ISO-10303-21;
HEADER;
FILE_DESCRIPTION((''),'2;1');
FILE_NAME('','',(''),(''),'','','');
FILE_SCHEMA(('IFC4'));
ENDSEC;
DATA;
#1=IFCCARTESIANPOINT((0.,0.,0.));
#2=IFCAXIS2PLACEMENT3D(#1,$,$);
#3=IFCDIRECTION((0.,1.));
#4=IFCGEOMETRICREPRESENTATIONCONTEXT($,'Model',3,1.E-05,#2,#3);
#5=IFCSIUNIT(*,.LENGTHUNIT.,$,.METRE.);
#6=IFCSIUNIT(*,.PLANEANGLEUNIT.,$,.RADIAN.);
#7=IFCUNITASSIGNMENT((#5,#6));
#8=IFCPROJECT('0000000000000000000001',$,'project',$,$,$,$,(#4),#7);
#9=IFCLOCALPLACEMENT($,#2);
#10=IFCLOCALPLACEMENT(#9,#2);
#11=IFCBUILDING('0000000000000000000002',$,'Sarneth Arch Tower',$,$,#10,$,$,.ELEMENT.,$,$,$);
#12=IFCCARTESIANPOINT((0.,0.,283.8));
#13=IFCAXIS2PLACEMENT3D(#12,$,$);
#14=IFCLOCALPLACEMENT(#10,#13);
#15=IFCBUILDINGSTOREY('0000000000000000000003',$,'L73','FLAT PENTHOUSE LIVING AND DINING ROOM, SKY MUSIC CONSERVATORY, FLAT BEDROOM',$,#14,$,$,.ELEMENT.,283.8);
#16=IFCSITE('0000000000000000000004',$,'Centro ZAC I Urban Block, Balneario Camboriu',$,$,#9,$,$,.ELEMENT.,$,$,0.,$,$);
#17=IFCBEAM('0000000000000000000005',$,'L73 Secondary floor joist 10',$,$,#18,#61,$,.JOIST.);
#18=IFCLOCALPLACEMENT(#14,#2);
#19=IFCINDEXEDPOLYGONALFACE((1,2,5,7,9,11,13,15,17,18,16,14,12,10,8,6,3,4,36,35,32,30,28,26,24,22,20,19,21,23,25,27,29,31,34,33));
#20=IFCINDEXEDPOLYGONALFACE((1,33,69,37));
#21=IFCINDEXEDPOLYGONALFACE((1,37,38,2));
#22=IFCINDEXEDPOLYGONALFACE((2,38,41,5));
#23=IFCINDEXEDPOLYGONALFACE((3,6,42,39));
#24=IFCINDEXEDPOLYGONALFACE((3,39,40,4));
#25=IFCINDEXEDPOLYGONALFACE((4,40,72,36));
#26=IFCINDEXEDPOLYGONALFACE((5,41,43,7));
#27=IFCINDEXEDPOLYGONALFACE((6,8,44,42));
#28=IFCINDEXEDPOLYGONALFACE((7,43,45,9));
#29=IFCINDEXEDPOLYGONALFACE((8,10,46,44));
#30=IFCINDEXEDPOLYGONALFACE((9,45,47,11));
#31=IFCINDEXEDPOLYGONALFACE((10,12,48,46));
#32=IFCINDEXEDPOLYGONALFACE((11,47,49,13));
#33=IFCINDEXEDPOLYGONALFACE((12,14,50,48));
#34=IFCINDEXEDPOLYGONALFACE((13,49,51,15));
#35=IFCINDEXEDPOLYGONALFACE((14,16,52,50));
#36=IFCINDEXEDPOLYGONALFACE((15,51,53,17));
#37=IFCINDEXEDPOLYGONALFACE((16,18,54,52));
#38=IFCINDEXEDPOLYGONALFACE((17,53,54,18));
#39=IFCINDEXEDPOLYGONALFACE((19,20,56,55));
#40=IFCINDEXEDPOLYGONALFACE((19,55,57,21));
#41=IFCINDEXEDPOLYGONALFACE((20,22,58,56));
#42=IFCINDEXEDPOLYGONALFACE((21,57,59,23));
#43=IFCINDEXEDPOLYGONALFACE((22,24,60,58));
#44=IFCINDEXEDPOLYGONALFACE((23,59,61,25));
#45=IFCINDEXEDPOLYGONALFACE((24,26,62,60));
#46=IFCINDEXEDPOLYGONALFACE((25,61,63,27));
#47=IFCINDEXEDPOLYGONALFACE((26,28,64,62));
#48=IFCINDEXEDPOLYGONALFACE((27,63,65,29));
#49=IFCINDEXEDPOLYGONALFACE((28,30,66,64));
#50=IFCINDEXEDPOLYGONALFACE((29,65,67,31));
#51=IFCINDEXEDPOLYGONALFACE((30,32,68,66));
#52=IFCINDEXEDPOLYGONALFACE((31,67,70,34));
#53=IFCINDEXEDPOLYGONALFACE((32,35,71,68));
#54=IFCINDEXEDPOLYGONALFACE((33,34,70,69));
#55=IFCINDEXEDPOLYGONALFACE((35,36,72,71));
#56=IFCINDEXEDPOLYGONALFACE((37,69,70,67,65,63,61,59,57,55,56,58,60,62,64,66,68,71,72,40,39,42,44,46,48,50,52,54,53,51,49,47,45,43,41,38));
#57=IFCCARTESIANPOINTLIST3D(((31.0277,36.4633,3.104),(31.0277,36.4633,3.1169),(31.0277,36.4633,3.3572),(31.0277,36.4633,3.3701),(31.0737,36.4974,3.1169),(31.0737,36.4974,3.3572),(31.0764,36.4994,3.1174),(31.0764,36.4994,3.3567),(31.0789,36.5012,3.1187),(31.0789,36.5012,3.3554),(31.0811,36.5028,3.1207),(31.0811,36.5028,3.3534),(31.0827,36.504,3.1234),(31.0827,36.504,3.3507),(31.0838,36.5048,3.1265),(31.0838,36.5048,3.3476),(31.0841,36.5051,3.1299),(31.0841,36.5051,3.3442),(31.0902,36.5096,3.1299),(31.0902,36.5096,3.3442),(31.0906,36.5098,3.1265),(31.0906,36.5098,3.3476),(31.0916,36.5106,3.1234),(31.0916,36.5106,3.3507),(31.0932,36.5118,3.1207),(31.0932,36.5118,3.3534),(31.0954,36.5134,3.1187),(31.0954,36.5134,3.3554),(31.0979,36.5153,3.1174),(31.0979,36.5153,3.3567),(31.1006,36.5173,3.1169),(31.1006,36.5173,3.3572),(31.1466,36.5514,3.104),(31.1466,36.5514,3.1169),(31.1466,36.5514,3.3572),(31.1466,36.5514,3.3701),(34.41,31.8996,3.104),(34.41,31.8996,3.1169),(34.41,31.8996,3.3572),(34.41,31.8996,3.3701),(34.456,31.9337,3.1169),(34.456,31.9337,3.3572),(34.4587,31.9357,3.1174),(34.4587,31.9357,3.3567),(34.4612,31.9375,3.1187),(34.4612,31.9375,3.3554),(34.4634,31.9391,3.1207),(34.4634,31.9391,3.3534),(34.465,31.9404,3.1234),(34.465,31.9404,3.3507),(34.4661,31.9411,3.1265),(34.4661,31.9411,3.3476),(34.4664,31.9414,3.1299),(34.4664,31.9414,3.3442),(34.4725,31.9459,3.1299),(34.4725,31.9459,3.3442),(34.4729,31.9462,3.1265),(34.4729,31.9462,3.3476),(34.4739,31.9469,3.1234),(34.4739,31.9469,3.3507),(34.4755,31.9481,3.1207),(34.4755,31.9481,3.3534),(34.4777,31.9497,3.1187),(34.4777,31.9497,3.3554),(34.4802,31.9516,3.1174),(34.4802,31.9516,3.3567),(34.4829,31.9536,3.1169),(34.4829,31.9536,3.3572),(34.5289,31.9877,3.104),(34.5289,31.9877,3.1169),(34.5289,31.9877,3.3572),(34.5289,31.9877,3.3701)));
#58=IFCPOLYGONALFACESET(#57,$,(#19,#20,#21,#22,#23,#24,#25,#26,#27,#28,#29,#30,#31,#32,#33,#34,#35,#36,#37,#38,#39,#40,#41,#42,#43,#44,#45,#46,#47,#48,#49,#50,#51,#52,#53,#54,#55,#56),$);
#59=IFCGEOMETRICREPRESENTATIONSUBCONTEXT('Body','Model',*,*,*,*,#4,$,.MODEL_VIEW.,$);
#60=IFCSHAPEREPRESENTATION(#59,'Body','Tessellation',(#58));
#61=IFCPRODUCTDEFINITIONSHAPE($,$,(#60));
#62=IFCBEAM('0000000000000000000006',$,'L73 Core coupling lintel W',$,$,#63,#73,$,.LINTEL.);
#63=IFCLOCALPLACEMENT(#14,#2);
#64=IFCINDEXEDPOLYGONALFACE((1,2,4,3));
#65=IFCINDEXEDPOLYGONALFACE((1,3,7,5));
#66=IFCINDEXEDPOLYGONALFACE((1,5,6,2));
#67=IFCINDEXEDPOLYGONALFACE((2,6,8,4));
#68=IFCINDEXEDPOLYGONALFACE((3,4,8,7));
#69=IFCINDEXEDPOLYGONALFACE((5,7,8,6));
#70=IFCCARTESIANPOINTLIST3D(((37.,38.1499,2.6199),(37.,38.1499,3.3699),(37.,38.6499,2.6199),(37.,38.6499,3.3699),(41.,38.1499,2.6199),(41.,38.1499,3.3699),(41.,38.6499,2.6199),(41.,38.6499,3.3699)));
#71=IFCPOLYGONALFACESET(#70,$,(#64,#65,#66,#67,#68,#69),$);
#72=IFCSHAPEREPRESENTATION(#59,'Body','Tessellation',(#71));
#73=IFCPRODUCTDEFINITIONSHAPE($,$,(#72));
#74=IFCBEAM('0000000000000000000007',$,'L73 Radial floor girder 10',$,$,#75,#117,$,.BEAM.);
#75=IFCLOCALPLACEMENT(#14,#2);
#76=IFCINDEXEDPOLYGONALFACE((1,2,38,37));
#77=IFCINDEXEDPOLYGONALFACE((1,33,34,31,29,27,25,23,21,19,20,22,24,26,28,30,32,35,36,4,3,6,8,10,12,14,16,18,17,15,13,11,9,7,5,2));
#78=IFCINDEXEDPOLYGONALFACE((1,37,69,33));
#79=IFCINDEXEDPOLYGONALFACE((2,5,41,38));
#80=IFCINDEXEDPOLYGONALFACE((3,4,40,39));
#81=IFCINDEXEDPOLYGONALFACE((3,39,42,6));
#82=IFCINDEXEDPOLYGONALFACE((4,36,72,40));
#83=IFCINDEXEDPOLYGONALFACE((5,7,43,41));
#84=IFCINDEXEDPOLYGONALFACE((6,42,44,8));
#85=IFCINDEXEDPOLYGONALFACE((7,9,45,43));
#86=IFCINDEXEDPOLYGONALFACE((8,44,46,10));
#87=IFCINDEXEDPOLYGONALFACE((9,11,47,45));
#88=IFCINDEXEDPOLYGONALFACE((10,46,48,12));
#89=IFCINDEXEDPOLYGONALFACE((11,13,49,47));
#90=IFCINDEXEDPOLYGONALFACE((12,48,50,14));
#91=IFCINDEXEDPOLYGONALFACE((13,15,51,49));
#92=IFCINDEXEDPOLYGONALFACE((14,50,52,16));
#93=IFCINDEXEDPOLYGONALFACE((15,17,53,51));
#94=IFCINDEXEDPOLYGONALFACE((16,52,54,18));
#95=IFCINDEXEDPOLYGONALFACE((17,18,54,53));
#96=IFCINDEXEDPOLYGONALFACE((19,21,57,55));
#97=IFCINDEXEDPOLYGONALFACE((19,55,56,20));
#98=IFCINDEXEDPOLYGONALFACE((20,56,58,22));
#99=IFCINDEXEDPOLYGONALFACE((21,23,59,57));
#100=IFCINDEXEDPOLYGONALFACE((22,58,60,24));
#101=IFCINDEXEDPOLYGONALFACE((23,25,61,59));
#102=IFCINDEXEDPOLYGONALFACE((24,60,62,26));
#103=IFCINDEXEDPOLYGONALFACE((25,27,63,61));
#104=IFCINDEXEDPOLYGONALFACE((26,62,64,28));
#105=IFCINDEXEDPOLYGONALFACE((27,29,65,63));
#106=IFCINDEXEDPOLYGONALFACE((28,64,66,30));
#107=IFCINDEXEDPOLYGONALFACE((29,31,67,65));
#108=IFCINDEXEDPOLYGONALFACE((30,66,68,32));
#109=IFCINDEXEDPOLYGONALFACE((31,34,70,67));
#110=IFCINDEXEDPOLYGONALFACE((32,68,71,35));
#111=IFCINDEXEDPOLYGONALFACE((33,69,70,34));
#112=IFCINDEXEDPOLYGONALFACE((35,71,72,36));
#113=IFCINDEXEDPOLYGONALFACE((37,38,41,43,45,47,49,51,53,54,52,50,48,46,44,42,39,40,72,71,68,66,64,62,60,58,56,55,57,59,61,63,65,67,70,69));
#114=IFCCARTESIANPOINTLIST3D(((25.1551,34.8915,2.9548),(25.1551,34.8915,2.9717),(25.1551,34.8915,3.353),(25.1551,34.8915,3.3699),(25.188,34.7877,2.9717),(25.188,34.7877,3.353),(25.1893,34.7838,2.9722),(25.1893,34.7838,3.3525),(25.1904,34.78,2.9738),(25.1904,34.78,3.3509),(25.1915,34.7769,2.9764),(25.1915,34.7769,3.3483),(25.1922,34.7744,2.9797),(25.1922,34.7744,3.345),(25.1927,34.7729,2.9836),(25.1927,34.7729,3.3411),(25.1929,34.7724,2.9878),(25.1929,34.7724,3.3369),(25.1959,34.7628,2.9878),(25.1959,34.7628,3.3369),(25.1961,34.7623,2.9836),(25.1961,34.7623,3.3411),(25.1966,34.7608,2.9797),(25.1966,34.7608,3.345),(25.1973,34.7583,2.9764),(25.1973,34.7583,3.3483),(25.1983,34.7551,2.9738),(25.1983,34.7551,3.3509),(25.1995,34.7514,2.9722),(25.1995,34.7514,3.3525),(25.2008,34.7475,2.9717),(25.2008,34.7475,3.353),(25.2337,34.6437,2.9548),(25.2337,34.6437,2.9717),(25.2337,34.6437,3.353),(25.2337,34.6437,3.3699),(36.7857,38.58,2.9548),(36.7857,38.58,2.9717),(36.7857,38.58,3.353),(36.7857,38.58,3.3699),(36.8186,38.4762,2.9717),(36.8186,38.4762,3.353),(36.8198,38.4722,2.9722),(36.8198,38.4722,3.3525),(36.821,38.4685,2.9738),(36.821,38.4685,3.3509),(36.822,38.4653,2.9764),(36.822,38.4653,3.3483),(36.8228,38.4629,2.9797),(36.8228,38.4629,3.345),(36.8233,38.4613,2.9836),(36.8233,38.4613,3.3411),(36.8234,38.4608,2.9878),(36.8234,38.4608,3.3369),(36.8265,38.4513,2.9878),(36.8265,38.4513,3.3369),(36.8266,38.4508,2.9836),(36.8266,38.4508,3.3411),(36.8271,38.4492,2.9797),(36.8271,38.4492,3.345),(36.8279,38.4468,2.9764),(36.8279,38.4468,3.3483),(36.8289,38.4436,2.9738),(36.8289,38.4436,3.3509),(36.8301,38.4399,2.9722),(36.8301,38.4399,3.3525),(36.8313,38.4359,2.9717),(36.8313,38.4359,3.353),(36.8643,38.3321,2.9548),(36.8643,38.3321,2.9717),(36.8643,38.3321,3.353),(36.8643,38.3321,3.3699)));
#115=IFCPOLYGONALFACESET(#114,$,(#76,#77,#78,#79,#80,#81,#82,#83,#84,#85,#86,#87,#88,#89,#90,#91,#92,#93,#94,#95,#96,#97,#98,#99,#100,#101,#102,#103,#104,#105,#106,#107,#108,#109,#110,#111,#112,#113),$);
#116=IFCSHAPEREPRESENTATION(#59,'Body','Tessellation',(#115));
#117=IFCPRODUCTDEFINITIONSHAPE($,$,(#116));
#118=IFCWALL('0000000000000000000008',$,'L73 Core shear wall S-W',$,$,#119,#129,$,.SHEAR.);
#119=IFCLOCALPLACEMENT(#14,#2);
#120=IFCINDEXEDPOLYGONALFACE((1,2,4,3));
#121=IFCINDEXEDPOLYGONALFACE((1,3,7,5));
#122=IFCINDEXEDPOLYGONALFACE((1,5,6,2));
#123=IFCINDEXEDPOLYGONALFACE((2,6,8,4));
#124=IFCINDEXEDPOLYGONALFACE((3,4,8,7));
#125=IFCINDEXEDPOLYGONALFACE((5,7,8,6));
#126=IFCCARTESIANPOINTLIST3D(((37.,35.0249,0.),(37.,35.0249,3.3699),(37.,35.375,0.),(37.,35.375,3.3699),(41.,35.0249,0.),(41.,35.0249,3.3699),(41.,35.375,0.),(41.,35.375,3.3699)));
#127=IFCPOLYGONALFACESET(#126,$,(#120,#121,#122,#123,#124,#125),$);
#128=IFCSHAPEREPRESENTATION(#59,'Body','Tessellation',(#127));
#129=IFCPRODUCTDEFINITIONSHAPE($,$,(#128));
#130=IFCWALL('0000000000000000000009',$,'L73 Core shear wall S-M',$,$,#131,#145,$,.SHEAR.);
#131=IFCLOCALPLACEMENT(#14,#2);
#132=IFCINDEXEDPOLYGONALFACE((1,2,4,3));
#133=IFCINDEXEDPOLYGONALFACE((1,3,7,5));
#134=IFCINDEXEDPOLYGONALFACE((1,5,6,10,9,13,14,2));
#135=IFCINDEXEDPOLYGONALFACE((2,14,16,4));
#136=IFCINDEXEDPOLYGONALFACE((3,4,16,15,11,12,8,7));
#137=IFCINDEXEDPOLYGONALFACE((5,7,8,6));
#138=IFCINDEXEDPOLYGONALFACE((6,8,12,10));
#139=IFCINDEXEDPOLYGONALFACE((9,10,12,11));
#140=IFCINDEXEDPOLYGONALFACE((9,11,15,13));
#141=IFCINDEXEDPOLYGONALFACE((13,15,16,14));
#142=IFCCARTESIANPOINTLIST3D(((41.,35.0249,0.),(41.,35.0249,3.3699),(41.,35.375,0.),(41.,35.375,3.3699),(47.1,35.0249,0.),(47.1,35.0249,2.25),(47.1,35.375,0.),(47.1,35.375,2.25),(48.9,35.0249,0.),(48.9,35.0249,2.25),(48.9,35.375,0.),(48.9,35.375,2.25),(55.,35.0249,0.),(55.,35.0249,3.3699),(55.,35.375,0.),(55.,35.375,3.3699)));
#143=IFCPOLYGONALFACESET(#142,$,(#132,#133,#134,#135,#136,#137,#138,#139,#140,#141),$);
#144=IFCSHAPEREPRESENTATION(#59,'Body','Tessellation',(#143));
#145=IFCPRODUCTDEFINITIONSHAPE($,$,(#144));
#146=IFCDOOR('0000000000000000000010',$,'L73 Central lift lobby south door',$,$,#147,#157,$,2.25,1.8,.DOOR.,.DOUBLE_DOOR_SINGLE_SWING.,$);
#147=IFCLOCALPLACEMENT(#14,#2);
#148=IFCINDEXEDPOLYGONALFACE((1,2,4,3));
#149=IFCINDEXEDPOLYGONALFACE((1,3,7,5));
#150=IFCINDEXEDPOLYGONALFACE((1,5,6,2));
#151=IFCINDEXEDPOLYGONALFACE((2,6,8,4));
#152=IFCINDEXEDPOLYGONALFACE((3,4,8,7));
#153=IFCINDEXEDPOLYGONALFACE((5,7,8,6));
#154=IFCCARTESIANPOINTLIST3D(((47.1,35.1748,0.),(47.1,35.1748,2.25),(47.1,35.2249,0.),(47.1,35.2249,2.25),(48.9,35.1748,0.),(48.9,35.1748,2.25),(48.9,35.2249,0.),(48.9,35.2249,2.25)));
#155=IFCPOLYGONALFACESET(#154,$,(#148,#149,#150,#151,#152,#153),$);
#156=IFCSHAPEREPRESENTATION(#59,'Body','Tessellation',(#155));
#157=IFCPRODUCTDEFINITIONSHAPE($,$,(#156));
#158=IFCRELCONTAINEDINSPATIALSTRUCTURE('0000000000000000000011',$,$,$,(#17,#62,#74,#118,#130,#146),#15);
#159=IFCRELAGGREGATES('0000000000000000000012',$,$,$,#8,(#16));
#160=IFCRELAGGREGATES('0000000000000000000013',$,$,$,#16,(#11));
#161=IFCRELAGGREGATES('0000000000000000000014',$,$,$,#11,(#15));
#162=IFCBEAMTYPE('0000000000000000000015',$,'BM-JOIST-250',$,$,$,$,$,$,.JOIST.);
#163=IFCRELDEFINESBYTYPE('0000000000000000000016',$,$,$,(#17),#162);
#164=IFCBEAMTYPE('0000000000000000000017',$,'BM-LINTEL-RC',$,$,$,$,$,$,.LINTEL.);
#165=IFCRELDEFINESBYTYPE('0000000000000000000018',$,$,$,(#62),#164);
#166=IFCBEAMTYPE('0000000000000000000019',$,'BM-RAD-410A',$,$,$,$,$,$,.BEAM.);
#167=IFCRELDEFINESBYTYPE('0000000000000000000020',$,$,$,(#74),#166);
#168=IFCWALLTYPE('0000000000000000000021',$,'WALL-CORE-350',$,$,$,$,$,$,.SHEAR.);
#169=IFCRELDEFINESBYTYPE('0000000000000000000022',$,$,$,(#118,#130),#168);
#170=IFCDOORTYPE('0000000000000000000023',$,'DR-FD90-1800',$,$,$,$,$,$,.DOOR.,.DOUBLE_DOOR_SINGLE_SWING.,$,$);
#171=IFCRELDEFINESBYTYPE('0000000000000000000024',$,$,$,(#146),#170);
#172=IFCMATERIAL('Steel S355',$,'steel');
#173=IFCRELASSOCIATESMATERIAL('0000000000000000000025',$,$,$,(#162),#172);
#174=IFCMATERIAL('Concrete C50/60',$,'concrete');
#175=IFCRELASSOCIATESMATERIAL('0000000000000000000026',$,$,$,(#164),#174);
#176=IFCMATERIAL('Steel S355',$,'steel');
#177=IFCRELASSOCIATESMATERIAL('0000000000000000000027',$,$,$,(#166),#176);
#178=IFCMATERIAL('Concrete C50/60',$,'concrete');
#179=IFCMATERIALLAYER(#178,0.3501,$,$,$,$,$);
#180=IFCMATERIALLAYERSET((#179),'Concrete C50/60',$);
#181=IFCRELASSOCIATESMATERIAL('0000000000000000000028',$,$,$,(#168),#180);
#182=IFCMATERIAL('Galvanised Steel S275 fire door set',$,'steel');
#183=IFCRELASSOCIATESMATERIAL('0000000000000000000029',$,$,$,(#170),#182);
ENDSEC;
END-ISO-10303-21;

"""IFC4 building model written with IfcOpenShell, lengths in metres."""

from ifc_helpers import new_model, si_unit, direction, frame, frame_2d, origin, origin_2d, place, context, subcontext, project, spatial, rectangle, i_section, extrude, material, layer, layer_set, material_profile, profile_set, type_object, element, fill, save


model = new_model("IFC4")

# Units and contexts
model_context = context("Model", 3, precision=1e-05, world=origin(), true_north=direction((0.0, 1.0)))
body_context = subcontext(model_context, "Body", "Model", "MODEL_VIEW")
ifc_project = project(units=[si_unit("LENGTHUNIT", "METRE"), si_unit("PLANEANGLEUNIT", "RADIAN")], contexts=[model_context])

# Site, building, storey
site_placement = place(None, origin())
site = spatial("IfcSite", under=ifc_project, at=site_placement, Name="Centro ZAC I Urban Block, Balneario Camboriu", CompositionType="ELEMENT", RefElevation=0.0)
building_placement = place(site_placement, origin())
building = spatial("IfcBuilding", under=site, at=building_placement, Name="Sarneth Arch Tower", CompositionType="ELEMENT")
storey_placement = place(building_placement, frame((0.0, 0.0, 283.8)))
storey = spatial("IfcBuildingStorey", under=building, at=storey_placement, Name="L73", Description="FLAT PENTHOUSE LIVING AND DINING ROOM, SKY MUSIC CONSERVATORY, FLAT BEDROOM", CompositionType="ELEMENT", Elevation=283.8)

# Beams
ifc_material_1 = material(Name="Steel S355", Category="steel")
ifc_material_profile_1 = material_profile(ifc_material_1, i_section(OverallWidth=0.1479, OverallDepth=0.2661, WebThickness=0.0076, FlangeThickness=0.0129, FilletRadius=0.0129, at=origin_2d()), Name="W250x44.8")
ifc_profile_set_1 = profile_set([ifc_material_profile_1], Name="Steel S355")
beam_type_1 = type_object("IfcBeamType", Name="BM-JOIST-250", PredefinedType="JOIST", material=ifc_profile_set_1)
beam_1_placement = place(storey_placement, frame((31.0872, 36.5073, 3.2371), z_axis=(0.595431, -0.803406, 0.0), x_axis=(0.803406, 0.595431, 0.0)))
element("IfcBeam", 1, at=beam_1_placement, inside=storey, type_object=beam_type_1, Name="L73 Secondary floor joist 10", PredefinedType="JOIST", context=body_context, shape_type="SweptSolid", body=[
    extrude(i_section(OverallWidth=0.1479, OverallDepth=0.2661, WebThickness=0.0076, FlangeThickness=0.0129, FilletRadius=0.0129, at=origin_2d()), origin(), (0.0, 0.0, 1.0), 5.6804),
])
ifc_material_2 = material(Name="Concrete C50/60", Category="concrete")
ifc_material_profile_2 = material_profile(ifc_material_2, rectangle(XDim=0.5, YDim=0.75, at=origin_2d()), Name="RC-500x750")
ifc_profile_set_2 = profile_set([ifc_material_profile_2], Name="Concrete C50/60")
beam_type_2 = type_object("IfcBeamType", Name="BM-LINTEL-RC", PredefinedType="LINTEL", material=ifc_profile_set_2)
beam_2_placement = place(storey_placement, frame((37.0, 38.3999, 2.9949), z_axis=(1.0, 0.0, 0.0), x_axis=(0.0, 1.0, 0.0)))
element("IfcBeam", 2, at=beam_2_placement, inside=storey, type_object=beam_type_2, Name="L73 Core coupling lintel W", PredefinedType="LINTEL", context=body_context, shape_type="SweptSolid", body=[
    extrude(rectangle(XDim=0.5, YDim=0.75, at=origin_2d()), origin(), (0.0, 0.0, 1.0), 4.0),
])
ifc_material_3 = material(Name="Steel S355", Category="steel")
ifc_material_profile_3 = material_profile(ifc_material_3, i_section(OverallWidth=0.26, OverallDepth=0.415, WebThickness=0.01, FlangeThickness=0.0168, FilletRadius=0.0161, at=origin_2d()), Name="W410x100")
ifc_profile_set_3 = profile_set([ifc_material_profile_3], Name="Steel S355")
beam_type_3 = type_object("IfcBeamType", Name="BM-RAD-410A", PredefinedType="BEAM", material=ifc_profile_set_3)
beam_3_placement = place(storey_placement, frame((36.825, 38.4561, 3.1624), z_axis=(-0.953214, -0.302298, 0.0), x_axis=(0.302298, -0.953214, 0.0)))
element("IfcBeam", 3, at=beam_3_placement, inside=storey, type_object=beam_type_3, Name="L73 Radial floor girder 10", PredefinedType="BEAM", context=body_context, shape_type="SweptSolid", body=[
    extrude(i_section(OverallWidth=0.26, OverallDepth=0.415, WebThickness=0.01, FlangeThickness=0.0168, FilletRadius=0.0161, at=origin_2d()), origin(), (0.0, 0.0, 1.0), 12.2014),
])

# Wall
ifc_material_4 = material(Name="Concrete C50/60", Category="concrete")
ifc_layer_1 = layer(ifc_material_4, 0.3501)
ifc_layer_set_1 = layer_set([ifc_layer_1], Name="Concrete C50/60")
wall_type_1 = type_object("IfcWallType", Name="WALL-CORE-350", PredefinedType="SHEAR", material=ifc_layer_set_1)
wall_1_placement = place(storey_placement, frame((37.0, 35.2, 0.0), z_axis=(0.0, 0.0, 1.0), x_axis=(1.0, 0.0, 0.0)))
element("IfcWall", 4, at=wall_1_placement, inside=storey, type_object=wall_type_1, Name="L73 Core shear wall S-W", PredefinedType="SHEAR", context=body_context, shape_type="SweptSolid", body=[
    extrude(rectangle(XDim=4.0, YDim=0.3501, at=frame_2d((2.0, 0.0))), origin(), (0.0, 0.0, 1.0), 3.3699),
])

# Wall, opening, door
wall_2_placement = place(storey_placement, frame((41.0, 35.2, 0.0), z_axis=(0.0, 0.0, 1.0), x_axis=(1.0, 0.0, 0.0)))
wall_2 = element("IfcWall", 5, at=wall_2_placement, inside=storey, type_object=wall_type_1, Name="L73 Core shear wall S-M", PredefinedType="SHEAR", context=body_context, shape_type="SweptSolid", body=[
    extrude(rectangle(XDim=14.0, YDim=0.3501, at=frame_2d((7.0, 0.0))), origin(), (0.0, 0.0, 1.0), 3.3699),
])
opening_1_placement = place(wall_2_placement, frame((6.1001, 0.0, 0.0)))
opening_1 = element("IfcOpeningElement", 6, at=opening_1_placement, cuts=wall_2, PredefinedType="OPENING", context=body_context, shape_type="SweptSolid", body=[
    extrude(rectangle(XDim=1.8, YDim=2.25, at=frame_2d((0.8999, 1.125))), frame((0.0, 0.1851, 0.0), z_axis=(0.0, -1.0, 0.0), x_axis=(1.0, 0.0, 0.0)), (0.0, 0.0, 1.0), 0.3701),
])
ifc_material_5 = material(Name="Galvanised Steel S275 fire door set", Category="steel")
door_type_1 = type_object("IfcDoorType", Name="DR-FD90-1800", OperationType="DOUBLE_DOOR_SINGLE_SWING", PredefinedType="DOOR", material=ifc_material_5)
door_1_placement = place(opening_1_placement, origin())
door_1 = element("IfcDoor", 7, at=door_1_placement, inside=storey, type_object=door_type_1, Name="L73 Central lift lobby south door", OperationType="DOUBLE_DOOR_SINGLE_SWING", OverallHeight=2.25, OverallWidth=1.8, PredefinedType="DOOR", context=body_context, shape_type="SweptSolid", body=[
    extrude(rectangle(XDim=1.8, YDim=2.25, at=frame_2d((0.8999, 1.125))), frame((0.0, 0.0249, 0.0), z_axis=(0.0, -1.0, 0.0), x_axis=(1.0, 0.0, 0.0)), (0.0, 0.0, 1.0), 0.05),
])
fill(opening_1, door_1)

save(model, "model.ifc")
